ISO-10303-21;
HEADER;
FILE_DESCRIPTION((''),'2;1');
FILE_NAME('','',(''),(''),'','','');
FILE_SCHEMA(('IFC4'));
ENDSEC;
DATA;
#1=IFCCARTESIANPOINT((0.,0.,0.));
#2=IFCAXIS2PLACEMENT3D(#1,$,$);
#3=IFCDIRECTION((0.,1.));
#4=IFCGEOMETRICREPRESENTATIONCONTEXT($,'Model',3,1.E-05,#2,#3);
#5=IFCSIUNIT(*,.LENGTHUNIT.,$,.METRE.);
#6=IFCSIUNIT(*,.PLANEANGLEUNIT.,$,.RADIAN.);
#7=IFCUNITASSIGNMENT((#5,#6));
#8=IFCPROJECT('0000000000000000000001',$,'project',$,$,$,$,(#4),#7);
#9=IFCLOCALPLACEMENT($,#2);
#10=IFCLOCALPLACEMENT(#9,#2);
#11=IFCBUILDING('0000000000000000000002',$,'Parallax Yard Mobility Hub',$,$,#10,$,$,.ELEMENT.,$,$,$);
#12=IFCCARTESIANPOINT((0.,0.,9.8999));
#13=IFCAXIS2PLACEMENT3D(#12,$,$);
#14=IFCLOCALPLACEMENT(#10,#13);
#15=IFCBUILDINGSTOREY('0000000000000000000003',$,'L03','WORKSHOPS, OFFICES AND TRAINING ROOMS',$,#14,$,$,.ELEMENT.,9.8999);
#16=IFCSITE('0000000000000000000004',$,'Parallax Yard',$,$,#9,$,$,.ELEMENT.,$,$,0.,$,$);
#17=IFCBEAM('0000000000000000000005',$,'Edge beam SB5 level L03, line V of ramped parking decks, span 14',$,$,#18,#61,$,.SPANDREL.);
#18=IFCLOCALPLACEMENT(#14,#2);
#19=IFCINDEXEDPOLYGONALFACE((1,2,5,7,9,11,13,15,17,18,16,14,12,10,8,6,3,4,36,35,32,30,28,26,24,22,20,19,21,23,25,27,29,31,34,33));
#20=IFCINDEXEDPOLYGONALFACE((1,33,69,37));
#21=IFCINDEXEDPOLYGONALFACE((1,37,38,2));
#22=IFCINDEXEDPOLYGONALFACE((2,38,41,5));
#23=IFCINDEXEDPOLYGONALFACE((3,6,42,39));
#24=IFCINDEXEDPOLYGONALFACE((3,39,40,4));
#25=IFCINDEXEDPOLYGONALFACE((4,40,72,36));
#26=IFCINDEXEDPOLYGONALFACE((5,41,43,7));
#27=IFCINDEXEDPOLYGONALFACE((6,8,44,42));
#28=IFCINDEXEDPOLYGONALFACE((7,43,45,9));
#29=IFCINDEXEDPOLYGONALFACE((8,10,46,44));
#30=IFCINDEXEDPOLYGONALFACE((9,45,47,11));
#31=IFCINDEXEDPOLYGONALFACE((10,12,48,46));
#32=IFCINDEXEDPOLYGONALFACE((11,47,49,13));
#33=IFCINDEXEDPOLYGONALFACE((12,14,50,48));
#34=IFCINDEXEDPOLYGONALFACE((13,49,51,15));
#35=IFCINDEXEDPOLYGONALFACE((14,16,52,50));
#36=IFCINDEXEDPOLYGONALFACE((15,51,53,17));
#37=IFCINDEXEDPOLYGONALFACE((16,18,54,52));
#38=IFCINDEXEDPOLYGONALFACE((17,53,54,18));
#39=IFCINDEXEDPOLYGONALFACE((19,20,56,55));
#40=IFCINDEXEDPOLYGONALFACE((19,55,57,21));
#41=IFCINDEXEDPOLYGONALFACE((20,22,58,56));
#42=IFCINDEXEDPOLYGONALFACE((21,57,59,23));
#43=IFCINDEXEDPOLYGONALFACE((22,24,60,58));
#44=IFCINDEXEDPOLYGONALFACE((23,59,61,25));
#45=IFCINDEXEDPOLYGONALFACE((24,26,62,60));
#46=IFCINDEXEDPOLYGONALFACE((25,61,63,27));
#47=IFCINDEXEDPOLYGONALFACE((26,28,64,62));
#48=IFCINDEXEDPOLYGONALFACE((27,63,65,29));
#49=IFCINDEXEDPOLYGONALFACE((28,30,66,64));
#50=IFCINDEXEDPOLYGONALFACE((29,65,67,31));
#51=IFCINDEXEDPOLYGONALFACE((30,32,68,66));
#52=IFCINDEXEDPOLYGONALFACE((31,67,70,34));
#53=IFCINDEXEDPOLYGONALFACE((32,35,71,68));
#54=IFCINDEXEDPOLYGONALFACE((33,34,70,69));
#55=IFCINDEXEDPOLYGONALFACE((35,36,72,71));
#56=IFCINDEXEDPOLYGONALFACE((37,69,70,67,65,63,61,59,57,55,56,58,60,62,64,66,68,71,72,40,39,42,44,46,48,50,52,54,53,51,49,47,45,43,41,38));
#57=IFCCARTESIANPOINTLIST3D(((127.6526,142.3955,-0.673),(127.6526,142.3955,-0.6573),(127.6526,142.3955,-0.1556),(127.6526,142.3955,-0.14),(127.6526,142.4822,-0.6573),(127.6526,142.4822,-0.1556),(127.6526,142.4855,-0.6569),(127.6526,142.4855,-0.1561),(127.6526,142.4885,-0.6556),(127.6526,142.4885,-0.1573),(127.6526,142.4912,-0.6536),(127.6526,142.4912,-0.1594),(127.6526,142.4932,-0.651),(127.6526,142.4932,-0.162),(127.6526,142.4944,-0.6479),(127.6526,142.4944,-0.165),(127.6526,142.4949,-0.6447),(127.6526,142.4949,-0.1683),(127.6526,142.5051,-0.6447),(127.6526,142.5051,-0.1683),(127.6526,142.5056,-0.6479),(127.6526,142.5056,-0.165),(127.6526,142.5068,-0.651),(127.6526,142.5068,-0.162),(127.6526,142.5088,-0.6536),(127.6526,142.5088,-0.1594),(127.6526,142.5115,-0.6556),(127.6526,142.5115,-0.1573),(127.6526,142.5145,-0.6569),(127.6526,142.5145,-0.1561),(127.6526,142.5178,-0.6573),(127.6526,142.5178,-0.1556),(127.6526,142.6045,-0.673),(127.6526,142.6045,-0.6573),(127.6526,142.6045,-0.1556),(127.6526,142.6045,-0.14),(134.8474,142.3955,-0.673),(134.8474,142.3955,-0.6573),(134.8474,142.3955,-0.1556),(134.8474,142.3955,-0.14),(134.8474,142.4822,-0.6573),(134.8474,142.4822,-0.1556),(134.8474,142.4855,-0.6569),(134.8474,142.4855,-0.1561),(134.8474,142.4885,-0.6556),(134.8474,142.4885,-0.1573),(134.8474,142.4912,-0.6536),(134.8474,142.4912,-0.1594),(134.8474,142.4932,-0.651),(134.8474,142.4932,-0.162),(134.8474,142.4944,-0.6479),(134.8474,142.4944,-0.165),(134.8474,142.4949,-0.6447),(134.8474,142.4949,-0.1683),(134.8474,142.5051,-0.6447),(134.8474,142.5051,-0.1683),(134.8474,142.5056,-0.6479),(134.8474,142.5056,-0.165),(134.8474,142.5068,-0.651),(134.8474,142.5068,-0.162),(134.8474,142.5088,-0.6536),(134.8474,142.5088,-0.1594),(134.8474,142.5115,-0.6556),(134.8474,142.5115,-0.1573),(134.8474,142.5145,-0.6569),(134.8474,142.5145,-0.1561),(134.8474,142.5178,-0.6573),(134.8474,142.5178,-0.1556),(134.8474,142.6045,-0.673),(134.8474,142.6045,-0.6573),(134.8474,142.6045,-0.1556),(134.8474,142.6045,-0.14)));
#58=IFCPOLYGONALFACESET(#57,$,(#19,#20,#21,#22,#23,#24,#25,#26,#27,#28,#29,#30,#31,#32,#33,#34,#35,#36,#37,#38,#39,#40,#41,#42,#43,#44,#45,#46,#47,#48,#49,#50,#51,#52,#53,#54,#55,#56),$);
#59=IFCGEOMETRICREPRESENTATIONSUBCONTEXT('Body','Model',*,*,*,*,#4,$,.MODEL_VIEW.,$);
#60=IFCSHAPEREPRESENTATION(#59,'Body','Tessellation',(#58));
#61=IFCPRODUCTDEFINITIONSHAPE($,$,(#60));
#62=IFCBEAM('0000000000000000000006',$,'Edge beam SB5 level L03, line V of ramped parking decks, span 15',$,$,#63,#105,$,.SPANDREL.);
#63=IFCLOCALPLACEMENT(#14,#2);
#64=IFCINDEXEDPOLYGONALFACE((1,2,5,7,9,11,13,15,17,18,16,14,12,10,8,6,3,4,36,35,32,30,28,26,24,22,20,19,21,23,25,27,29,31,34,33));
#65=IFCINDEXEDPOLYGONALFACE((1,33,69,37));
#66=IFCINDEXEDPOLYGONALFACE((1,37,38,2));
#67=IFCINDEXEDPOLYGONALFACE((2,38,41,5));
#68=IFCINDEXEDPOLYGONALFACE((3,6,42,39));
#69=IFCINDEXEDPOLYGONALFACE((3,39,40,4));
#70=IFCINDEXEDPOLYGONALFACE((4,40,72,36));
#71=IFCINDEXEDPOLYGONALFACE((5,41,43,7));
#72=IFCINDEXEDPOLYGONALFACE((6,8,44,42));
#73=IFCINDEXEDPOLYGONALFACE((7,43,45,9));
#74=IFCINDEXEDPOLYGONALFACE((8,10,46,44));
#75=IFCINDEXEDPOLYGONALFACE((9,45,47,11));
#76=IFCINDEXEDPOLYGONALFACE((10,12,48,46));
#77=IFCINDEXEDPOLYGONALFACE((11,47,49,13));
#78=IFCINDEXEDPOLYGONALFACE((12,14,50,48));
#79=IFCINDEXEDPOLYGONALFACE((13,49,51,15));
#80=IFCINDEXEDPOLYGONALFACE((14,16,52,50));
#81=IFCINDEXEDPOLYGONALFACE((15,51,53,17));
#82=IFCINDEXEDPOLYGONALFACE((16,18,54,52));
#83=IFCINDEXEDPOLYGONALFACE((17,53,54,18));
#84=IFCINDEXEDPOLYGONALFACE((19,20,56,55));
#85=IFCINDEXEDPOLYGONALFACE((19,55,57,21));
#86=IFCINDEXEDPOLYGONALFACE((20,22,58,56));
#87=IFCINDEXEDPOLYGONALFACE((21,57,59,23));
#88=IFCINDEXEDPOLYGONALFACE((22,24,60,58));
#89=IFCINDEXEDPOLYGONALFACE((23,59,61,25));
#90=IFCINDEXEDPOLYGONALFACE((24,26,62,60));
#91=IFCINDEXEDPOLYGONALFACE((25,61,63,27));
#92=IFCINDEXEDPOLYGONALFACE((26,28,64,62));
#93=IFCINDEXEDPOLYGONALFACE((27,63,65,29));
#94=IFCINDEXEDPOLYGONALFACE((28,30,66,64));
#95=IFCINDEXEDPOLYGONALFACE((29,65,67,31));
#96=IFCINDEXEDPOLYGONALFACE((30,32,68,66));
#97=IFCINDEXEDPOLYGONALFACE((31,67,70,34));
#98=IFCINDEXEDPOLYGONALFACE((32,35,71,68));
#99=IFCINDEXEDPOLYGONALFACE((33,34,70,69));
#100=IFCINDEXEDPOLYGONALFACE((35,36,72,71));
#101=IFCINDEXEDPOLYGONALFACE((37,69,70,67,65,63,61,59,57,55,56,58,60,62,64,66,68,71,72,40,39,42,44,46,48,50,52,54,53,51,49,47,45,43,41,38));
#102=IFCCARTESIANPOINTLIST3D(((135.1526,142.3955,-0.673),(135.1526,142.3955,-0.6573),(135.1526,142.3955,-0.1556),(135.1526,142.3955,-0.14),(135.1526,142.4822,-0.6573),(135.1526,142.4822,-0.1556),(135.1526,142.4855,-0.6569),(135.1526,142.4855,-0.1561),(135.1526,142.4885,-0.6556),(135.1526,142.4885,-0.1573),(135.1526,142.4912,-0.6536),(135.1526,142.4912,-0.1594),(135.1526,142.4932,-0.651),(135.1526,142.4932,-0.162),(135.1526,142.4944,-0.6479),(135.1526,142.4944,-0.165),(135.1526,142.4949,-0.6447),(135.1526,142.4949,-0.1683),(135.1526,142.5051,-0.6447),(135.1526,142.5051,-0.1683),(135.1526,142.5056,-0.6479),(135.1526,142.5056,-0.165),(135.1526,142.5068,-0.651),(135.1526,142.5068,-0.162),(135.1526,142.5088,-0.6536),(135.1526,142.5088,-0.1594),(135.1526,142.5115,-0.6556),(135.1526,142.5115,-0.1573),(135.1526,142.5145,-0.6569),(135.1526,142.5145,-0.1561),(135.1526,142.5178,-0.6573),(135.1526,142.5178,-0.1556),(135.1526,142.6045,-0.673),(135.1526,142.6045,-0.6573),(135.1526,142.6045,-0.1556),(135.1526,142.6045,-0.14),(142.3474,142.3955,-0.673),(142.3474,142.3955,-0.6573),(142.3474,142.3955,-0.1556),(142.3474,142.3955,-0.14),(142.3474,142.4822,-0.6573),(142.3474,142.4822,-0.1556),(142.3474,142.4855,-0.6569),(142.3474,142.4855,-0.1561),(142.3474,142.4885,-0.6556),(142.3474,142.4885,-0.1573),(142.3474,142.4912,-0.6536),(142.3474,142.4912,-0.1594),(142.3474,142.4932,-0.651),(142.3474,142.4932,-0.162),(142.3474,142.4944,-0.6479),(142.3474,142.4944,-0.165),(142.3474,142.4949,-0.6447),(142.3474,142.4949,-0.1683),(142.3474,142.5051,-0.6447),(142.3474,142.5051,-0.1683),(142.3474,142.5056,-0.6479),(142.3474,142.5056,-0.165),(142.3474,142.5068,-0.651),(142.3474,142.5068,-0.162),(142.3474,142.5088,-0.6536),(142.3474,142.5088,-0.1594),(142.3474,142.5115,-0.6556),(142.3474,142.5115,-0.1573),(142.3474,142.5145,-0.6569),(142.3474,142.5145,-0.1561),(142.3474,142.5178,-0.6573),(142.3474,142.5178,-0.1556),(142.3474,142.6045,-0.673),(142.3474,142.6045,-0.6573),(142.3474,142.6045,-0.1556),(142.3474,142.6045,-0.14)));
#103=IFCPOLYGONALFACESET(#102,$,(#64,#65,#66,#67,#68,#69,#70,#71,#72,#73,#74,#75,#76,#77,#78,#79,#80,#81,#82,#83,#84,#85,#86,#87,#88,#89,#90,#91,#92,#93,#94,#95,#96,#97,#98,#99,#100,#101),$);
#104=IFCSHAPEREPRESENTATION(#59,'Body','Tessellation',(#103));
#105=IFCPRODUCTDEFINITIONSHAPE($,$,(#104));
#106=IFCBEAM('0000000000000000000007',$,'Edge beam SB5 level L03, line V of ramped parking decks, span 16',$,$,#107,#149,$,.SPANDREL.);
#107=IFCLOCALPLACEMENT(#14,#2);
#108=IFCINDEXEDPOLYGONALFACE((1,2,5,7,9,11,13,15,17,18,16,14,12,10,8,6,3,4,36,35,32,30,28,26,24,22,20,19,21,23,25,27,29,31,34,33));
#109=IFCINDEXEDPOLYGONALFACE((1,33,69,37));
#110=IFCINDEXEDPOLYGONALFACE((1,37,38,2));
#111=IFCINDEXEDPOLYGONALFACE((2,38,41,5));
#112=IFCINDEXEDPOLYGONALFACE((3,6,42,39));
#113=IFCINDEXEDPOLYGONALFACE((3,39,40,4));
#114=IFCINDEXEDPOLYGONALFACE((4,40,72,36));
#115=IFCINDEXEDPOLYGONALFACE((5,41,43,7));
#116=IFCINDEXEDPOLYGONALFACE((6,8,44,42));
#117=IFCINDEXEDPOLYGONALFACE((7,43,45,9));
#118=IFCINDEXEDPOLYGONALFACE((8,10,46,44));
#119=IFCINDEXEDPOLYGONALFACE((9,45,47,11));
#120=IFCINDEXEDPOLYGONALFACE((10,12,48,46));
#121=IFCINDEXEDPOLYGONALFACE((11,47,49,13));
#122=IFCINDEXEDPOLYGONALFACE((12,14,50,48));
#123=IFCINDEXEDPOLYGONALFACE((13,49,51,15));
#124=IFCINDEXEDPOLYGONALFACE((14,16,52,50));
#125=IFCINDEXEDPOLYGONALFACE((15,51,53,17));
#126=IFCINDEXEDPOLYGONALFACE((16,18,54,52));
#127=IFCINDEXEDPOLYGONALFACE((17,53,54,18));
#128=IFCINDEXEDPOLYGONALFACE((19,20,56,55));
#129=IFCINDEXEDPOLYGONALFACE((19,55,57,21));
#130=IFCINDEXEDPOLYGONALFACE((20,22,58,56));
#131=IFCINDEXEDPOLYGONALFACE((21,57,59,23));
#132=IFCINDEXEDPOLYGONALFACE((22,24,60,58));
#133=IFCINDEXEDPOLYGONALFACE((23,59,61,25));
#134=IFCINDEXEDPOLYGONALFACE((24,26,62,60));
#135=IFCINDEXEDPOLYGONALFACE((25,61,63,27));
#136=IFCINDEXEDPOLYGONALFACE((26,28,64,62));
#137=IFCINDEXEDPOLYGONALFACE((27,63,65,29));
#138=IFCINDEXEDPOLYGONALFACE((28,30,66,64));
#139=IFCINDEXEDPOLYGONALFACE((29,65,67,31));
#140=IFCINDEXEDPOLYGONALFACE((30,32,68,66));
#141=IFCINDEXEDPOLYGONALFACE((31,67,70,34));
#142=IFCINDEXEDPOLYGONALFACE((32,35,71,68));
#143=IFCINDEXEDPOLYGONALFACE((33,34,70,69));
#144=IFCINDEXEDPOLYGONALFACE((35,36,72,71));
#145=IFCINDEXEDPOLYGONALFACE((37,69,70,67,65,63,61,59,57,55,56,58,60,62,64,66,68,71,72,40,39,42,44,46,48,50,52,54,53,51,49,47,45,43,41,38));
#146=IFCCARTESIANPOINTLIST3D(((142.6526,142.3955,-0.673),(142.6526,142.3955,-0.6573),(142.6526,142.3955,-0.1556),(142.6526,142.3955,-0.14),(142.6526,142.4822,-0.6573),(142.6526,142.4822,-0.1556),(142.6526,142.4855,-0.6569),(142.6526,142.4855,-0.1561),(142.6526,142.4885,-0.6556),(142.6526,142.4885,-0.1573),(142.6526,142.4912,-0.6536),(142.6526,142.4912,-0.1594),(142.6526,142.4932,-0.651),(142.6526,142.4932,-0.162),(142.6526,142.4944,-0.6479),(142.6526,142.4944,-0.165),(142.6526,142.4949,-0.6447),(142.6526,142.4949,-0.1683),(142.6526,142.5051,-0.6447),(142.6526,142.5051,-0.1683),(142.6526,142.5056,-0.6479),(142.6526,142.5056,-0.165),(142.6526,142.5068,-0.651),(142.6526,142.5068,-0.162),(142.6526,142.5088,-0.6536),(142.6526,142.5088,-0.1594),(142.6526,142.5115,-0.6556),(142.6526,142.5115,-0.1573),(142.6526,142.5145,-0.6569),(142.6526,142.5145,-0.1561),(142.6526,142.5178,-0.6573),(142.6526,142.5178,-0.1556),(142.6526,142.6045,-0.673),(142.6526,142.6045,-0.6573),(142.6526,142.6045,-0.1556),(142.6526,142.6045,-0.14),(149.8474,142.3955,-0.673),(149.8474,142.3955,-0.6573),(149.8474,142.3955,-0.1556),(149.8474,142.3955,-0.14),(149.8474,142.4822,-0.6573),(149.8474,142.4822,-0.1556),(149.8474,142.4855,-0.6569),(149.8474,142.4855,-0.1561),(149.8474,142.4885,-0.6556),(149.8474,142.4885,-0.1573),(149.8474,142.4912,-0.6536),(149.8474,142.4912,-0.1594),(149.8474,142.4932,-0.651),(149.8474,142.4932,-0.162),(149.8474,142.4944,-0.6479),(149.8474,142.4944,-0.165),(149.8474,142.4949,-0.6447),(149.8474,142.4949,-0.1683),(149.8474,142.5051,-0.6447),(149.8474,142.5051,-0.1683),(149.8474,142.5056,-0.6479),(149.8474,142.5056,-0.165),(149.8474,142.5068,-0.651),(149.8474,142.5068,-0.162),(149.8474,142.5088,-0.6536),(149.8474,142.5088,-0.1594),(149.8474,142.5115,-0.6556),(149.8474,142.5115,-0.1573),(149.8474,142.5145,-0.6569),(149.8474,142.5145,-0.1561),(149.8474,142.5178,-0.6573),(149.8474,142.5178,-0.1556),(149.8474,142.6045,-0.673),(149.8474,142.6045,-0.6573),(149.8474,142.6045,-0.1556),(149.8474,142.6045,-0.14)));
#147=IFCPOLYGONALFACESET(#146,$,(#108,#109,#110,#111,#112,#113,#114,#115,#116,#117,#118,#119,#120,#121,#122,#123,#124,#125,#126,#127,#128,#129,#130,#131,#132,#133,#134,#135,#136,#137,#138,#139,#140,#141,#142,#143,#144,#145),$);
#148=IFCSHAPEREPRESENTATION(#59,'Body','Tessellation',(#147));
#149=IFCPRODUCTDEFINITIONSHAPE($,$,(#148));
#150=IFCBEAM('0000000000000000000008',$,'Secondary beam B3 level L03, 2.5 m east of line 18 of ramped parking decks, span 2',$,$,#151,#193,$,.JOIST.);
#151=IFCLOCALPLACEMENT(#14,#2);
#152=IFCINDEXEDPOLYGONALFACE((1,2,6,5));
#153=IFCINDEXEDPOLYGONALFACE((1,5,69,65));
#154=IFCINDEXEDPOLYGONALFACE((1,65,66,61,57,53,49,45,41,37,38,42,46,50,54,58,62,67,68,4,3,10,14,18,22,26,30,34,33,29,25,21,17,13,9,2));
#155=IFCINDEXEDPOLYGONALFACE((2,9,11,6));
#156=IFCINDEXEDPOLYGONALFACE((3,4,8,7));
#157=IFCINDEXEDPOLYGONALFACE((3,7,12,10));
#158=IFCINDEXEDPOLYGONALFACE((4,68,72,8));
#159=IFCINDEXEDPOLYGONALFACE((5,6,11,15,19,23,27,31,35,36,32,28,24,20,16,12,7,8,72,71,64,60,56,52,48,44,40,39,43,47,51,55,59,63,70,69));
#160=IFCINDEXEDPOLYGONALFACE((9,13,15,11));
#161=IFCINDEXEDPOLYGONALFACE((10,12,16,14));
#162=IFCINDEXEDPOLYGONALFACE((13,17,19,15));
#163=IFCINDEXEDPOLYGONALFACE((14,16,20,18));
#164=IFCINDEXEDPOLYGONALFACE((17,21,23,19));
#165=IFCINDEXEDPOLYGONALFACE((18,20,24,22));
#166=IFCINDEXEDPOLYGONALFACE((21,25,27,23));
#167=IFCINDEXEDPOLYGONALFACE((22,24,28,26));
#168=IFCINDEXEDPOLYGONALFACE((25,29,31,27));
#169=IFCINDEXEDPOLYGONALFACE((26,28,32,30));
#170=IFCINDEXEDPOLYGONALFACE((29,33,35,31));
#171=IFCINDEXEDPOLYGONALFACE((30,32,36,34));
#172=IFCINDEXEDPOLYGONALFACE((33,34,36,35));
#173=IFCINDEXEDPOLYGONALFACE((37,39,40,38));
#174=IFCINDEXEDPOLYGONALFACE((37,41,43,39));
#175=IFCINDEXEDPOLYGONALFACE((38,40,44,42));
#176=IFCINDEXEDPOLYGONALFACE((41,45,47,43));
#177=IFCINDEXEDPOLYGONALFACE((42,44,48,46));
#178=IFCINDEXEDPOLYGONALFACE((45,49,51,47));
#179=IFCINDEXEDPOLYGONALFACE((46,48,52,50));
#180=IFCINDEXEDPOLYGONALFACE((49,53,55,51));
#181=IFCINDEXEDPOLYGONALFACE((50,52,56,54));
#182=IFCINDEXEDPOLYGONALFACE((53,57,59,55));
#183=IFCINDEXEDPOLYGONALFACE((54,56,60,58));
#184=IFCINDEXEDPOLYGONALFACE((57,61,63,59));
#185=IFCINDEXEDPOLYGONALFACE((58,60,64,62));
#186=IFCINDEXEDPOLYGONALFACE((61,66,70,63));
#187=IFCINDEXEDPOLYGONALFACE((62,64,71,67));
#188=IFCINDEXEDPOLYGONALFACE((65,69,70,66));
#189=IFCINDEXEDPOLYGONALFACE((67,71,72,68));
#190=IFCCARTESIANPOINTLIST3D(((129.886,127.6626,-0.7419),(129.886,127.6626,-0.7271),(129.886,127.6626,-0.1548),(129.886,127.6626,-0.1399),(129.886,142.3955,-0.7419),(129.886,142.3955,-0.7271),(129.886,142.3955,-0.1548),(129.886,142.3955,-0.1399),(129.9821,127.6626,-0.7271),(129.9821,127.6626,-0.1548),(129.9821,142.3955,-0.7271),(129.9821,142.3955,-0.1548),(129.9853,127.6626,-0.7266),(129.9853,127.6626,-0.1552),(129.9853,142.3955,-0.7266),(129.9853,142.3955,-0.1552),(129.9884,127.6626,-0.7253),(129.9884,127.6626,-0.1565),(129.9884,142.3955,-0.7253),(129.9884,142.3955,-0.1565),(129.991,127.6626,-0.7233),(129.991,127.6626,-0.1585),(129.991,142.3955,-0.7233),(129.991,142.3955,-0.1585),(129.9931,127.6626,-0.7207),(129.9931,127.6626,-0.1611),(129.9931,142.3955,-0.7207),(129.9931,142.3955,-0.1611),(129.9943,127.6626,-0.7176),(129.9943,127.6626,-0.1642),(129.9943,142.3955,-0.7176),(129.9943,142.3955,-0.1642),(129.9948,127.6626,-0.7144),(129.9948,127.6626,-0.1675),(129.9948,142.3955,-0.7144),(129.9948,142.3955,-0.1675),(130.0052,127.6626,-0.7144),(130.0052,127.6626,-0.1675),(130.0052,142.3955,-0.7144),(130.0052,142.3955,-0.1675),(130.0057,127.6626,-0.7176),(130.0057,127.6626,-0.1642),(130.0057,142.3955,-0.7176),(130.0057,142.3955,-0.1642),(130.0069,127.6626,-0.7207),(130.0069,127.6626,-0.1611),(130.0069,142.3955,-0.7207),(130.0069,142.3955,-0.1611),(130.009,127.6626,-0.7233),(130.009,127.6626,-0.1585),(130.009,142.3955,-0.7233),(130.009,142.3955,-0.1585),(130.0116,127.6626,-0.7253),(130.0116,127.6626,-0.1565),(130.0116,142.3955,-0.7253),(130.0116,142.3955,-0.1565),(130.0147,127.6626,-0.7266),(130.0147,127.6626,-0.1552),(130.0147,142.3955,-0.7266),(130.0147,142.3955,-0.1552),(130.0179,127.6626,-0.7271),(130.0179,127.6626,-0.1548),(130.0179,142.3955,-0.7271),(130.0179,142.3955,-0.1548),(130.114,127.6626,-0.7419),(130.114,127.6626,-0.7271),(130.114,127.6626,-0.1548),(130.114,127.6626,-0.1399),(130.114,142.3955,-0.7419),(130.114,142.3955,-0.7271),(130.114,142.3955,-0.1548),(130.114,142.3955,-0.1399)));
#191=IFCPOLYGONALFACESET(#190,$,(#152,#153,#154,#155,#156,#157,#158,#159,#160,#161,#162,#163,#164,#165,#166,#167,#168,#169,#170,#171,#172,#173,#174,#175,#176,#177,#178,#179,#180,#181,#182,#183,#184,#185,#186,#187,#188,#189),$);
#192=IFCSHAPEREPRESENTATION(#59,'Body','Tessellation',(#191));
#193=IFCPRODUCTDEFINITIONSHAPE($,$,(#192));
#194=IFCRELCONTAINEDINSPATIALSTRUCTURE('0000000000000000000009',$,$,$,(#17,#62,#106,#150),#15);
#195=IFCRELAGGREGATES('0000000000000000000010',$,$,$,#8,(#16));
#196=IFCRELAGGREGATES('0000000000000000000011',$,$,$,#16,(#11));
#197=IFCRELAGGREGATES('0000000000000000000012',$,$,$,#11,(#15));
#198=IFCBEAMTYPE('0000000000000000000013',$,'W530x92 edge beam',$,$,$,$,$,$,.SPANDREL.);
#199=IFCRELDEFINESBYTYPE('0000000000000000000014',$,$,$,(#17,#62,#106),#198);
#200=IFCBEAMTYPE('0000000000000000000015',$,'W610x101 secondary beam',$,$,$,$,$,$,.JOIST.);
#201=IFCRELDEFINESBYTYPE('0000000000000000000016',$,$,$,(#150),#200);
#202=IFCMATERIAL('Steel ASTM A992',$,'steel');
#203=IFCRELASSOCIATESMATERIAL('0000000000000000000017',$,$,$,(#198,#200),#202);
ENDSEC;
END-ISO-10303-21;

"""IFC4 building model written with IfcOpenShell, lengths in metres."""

from ifc_helpers import new_model, si_unit, direction, frame, origin, origin_2d, place, context, subcontext, project, spatial, i_section, extrude, material, material_profile, profile_set, type_object, element, save


model = new_model("IFC4")

# Units and contexts
model_context = context("Model", 3, precision=1e-05, world=origin(), true_north=direction((0.0, 1.0)))
body_context = subcontext(model_context, "Body", "Model", "MODEL_VIEW")
ifc_project = project(units=[si_unit("LENGTHUNIT", "METRE"), si_unit("PLANEANGLEUNIT", "RADIAN")], contexts=[model_context])

# Site, building, storey
site_placement = place(None, origin())
site = spatial("IfcSite", under=ifc_project, at=site_placement, Name="Parallax Yard", CompositionType="ELEMENT", RefElevation=0.0)
building_placement = place(site_placement, origin())
building = spatial("IfcBuilding", under=site, at=building_placement, Name="Parallax Yard Mobility Hub", CompositionType="ELEMENT")
storey_placement = place(building_placement, frame((0.0, 0.0, 9.8999)))
storey = spatial("IfcBuildingStorey", under=building, at=storey_placement, Name="L03", Description="WORKSHOPS, OFFICES AND TRAINING ROOMS", CompositionType="ELEMENT", Elevation=9.8999)

# Shared definitions
ifc_material_1 = material(Name="Steel ASTM A992", Category="steel")

# Beams
ifc_material_profile_1 = material_profile(ifc_material_1, i_section(OverallWidth=0.209, OverallDepth=0.533, WebThickness=0.0103, FlangeThickness=0.0156, FilletRadius=0.0127, at=origin_2d()), Name="W530x92")
ifc_profile_set_1 = profile_set([ifc_material_profile_1], Name="Steel ASTM A992")
beam_type_1 = type_object("IfcBeamType", Name="W530x92 edge beam", PredefinedType="SPANDREL", material=ifc_profile_set_1)
for number, where, z_axis, x_axis, name in (
    (1, (127.6526, 142.5, -0.4065), (1.0, 0.0, 0.0), (0.0, 1.0, 0.0), "Edge beam SB5 level L03, line V of ramped parking decks, span 14"),
    (2, (135.1526, 142.5, -0.4065), (1.0, 0.0, 0.0), (0.0, 1.0, 0.0), "Edge beam SB5 level L03, line V of ramped parking decks, span 15"),
    (3, (142.6526, 142.5, -0.4065), (1.0, 0.0, 0.0), (0.0, 1.0, 0.0), "Edge beam SB5 level L03, line V of ramped parking decks, span 16"),
):
    element("IfcBeam", number, at=place(storey_placement, frame(where, z_axis=z_axis, x_axis=x_axis)), inside=storey, type_object=beam_type_1, Name=name, PredefinedType="SPANDREL", context=body_context, shape_type="SweptSolid", body=[
        extrude(i_section(OverallWidth=0.209, OverallDepth=0.533, WebThickness=0.0103, FlangeThickness=0.0156, FilletRadius=0.0127, at=origin_2d()), origin(), (0.0, 0.0, 1.0), 7.1948),
    ])
ifc_material_profile_2 = material_profile(ifc_material_1, i_section(OverallWidth=0.228, OverallDepth=0.6021, WebThickness=0.0105, FlangeThickness=0.0149, FilletRadius=0.0127, at=origin_2d()), Name="W610x101")
ifc_profile_set_2 = profile_set([ifc_material_profile_2], Name="Steel ASTM A992")
beam_type_2 = type_object("IfcBeamType", Name="W610x101 secondary beam", PredefinedType="JOIST", material=ifc_profile_set_2)
for number, where, z_axis, x_axis, name in (
    (4, (130.0, 127.6626, -0.4409), (0.0, 1.0, 0.0), (-1.0, 0.0, 0.0), "Secondary beam B3 level L03, 2.5 m east of line 18 of ramped parking decks, span 2"),
):
    element("IfcBeam", number, at=place(storey_placement, frame(where, z_axis=z_axis, x_axis=x_axis)), inside=storey, type_object=beam_type_2, Name=name, PredefinedType="JOIST", context=body_context, shape_type="SweptSolid", body=[
        extrude(i_section(OverallWidth=0.228, OverallDepth=0.6021, WebThickness=0.0105, FlangeThickness=0.0149, FilletRadius=0.0127, at=origin_2d()), origin(), (0.0, 0.0, 1.0), 14.7329),
    ])

save(model, "model.ifc")
